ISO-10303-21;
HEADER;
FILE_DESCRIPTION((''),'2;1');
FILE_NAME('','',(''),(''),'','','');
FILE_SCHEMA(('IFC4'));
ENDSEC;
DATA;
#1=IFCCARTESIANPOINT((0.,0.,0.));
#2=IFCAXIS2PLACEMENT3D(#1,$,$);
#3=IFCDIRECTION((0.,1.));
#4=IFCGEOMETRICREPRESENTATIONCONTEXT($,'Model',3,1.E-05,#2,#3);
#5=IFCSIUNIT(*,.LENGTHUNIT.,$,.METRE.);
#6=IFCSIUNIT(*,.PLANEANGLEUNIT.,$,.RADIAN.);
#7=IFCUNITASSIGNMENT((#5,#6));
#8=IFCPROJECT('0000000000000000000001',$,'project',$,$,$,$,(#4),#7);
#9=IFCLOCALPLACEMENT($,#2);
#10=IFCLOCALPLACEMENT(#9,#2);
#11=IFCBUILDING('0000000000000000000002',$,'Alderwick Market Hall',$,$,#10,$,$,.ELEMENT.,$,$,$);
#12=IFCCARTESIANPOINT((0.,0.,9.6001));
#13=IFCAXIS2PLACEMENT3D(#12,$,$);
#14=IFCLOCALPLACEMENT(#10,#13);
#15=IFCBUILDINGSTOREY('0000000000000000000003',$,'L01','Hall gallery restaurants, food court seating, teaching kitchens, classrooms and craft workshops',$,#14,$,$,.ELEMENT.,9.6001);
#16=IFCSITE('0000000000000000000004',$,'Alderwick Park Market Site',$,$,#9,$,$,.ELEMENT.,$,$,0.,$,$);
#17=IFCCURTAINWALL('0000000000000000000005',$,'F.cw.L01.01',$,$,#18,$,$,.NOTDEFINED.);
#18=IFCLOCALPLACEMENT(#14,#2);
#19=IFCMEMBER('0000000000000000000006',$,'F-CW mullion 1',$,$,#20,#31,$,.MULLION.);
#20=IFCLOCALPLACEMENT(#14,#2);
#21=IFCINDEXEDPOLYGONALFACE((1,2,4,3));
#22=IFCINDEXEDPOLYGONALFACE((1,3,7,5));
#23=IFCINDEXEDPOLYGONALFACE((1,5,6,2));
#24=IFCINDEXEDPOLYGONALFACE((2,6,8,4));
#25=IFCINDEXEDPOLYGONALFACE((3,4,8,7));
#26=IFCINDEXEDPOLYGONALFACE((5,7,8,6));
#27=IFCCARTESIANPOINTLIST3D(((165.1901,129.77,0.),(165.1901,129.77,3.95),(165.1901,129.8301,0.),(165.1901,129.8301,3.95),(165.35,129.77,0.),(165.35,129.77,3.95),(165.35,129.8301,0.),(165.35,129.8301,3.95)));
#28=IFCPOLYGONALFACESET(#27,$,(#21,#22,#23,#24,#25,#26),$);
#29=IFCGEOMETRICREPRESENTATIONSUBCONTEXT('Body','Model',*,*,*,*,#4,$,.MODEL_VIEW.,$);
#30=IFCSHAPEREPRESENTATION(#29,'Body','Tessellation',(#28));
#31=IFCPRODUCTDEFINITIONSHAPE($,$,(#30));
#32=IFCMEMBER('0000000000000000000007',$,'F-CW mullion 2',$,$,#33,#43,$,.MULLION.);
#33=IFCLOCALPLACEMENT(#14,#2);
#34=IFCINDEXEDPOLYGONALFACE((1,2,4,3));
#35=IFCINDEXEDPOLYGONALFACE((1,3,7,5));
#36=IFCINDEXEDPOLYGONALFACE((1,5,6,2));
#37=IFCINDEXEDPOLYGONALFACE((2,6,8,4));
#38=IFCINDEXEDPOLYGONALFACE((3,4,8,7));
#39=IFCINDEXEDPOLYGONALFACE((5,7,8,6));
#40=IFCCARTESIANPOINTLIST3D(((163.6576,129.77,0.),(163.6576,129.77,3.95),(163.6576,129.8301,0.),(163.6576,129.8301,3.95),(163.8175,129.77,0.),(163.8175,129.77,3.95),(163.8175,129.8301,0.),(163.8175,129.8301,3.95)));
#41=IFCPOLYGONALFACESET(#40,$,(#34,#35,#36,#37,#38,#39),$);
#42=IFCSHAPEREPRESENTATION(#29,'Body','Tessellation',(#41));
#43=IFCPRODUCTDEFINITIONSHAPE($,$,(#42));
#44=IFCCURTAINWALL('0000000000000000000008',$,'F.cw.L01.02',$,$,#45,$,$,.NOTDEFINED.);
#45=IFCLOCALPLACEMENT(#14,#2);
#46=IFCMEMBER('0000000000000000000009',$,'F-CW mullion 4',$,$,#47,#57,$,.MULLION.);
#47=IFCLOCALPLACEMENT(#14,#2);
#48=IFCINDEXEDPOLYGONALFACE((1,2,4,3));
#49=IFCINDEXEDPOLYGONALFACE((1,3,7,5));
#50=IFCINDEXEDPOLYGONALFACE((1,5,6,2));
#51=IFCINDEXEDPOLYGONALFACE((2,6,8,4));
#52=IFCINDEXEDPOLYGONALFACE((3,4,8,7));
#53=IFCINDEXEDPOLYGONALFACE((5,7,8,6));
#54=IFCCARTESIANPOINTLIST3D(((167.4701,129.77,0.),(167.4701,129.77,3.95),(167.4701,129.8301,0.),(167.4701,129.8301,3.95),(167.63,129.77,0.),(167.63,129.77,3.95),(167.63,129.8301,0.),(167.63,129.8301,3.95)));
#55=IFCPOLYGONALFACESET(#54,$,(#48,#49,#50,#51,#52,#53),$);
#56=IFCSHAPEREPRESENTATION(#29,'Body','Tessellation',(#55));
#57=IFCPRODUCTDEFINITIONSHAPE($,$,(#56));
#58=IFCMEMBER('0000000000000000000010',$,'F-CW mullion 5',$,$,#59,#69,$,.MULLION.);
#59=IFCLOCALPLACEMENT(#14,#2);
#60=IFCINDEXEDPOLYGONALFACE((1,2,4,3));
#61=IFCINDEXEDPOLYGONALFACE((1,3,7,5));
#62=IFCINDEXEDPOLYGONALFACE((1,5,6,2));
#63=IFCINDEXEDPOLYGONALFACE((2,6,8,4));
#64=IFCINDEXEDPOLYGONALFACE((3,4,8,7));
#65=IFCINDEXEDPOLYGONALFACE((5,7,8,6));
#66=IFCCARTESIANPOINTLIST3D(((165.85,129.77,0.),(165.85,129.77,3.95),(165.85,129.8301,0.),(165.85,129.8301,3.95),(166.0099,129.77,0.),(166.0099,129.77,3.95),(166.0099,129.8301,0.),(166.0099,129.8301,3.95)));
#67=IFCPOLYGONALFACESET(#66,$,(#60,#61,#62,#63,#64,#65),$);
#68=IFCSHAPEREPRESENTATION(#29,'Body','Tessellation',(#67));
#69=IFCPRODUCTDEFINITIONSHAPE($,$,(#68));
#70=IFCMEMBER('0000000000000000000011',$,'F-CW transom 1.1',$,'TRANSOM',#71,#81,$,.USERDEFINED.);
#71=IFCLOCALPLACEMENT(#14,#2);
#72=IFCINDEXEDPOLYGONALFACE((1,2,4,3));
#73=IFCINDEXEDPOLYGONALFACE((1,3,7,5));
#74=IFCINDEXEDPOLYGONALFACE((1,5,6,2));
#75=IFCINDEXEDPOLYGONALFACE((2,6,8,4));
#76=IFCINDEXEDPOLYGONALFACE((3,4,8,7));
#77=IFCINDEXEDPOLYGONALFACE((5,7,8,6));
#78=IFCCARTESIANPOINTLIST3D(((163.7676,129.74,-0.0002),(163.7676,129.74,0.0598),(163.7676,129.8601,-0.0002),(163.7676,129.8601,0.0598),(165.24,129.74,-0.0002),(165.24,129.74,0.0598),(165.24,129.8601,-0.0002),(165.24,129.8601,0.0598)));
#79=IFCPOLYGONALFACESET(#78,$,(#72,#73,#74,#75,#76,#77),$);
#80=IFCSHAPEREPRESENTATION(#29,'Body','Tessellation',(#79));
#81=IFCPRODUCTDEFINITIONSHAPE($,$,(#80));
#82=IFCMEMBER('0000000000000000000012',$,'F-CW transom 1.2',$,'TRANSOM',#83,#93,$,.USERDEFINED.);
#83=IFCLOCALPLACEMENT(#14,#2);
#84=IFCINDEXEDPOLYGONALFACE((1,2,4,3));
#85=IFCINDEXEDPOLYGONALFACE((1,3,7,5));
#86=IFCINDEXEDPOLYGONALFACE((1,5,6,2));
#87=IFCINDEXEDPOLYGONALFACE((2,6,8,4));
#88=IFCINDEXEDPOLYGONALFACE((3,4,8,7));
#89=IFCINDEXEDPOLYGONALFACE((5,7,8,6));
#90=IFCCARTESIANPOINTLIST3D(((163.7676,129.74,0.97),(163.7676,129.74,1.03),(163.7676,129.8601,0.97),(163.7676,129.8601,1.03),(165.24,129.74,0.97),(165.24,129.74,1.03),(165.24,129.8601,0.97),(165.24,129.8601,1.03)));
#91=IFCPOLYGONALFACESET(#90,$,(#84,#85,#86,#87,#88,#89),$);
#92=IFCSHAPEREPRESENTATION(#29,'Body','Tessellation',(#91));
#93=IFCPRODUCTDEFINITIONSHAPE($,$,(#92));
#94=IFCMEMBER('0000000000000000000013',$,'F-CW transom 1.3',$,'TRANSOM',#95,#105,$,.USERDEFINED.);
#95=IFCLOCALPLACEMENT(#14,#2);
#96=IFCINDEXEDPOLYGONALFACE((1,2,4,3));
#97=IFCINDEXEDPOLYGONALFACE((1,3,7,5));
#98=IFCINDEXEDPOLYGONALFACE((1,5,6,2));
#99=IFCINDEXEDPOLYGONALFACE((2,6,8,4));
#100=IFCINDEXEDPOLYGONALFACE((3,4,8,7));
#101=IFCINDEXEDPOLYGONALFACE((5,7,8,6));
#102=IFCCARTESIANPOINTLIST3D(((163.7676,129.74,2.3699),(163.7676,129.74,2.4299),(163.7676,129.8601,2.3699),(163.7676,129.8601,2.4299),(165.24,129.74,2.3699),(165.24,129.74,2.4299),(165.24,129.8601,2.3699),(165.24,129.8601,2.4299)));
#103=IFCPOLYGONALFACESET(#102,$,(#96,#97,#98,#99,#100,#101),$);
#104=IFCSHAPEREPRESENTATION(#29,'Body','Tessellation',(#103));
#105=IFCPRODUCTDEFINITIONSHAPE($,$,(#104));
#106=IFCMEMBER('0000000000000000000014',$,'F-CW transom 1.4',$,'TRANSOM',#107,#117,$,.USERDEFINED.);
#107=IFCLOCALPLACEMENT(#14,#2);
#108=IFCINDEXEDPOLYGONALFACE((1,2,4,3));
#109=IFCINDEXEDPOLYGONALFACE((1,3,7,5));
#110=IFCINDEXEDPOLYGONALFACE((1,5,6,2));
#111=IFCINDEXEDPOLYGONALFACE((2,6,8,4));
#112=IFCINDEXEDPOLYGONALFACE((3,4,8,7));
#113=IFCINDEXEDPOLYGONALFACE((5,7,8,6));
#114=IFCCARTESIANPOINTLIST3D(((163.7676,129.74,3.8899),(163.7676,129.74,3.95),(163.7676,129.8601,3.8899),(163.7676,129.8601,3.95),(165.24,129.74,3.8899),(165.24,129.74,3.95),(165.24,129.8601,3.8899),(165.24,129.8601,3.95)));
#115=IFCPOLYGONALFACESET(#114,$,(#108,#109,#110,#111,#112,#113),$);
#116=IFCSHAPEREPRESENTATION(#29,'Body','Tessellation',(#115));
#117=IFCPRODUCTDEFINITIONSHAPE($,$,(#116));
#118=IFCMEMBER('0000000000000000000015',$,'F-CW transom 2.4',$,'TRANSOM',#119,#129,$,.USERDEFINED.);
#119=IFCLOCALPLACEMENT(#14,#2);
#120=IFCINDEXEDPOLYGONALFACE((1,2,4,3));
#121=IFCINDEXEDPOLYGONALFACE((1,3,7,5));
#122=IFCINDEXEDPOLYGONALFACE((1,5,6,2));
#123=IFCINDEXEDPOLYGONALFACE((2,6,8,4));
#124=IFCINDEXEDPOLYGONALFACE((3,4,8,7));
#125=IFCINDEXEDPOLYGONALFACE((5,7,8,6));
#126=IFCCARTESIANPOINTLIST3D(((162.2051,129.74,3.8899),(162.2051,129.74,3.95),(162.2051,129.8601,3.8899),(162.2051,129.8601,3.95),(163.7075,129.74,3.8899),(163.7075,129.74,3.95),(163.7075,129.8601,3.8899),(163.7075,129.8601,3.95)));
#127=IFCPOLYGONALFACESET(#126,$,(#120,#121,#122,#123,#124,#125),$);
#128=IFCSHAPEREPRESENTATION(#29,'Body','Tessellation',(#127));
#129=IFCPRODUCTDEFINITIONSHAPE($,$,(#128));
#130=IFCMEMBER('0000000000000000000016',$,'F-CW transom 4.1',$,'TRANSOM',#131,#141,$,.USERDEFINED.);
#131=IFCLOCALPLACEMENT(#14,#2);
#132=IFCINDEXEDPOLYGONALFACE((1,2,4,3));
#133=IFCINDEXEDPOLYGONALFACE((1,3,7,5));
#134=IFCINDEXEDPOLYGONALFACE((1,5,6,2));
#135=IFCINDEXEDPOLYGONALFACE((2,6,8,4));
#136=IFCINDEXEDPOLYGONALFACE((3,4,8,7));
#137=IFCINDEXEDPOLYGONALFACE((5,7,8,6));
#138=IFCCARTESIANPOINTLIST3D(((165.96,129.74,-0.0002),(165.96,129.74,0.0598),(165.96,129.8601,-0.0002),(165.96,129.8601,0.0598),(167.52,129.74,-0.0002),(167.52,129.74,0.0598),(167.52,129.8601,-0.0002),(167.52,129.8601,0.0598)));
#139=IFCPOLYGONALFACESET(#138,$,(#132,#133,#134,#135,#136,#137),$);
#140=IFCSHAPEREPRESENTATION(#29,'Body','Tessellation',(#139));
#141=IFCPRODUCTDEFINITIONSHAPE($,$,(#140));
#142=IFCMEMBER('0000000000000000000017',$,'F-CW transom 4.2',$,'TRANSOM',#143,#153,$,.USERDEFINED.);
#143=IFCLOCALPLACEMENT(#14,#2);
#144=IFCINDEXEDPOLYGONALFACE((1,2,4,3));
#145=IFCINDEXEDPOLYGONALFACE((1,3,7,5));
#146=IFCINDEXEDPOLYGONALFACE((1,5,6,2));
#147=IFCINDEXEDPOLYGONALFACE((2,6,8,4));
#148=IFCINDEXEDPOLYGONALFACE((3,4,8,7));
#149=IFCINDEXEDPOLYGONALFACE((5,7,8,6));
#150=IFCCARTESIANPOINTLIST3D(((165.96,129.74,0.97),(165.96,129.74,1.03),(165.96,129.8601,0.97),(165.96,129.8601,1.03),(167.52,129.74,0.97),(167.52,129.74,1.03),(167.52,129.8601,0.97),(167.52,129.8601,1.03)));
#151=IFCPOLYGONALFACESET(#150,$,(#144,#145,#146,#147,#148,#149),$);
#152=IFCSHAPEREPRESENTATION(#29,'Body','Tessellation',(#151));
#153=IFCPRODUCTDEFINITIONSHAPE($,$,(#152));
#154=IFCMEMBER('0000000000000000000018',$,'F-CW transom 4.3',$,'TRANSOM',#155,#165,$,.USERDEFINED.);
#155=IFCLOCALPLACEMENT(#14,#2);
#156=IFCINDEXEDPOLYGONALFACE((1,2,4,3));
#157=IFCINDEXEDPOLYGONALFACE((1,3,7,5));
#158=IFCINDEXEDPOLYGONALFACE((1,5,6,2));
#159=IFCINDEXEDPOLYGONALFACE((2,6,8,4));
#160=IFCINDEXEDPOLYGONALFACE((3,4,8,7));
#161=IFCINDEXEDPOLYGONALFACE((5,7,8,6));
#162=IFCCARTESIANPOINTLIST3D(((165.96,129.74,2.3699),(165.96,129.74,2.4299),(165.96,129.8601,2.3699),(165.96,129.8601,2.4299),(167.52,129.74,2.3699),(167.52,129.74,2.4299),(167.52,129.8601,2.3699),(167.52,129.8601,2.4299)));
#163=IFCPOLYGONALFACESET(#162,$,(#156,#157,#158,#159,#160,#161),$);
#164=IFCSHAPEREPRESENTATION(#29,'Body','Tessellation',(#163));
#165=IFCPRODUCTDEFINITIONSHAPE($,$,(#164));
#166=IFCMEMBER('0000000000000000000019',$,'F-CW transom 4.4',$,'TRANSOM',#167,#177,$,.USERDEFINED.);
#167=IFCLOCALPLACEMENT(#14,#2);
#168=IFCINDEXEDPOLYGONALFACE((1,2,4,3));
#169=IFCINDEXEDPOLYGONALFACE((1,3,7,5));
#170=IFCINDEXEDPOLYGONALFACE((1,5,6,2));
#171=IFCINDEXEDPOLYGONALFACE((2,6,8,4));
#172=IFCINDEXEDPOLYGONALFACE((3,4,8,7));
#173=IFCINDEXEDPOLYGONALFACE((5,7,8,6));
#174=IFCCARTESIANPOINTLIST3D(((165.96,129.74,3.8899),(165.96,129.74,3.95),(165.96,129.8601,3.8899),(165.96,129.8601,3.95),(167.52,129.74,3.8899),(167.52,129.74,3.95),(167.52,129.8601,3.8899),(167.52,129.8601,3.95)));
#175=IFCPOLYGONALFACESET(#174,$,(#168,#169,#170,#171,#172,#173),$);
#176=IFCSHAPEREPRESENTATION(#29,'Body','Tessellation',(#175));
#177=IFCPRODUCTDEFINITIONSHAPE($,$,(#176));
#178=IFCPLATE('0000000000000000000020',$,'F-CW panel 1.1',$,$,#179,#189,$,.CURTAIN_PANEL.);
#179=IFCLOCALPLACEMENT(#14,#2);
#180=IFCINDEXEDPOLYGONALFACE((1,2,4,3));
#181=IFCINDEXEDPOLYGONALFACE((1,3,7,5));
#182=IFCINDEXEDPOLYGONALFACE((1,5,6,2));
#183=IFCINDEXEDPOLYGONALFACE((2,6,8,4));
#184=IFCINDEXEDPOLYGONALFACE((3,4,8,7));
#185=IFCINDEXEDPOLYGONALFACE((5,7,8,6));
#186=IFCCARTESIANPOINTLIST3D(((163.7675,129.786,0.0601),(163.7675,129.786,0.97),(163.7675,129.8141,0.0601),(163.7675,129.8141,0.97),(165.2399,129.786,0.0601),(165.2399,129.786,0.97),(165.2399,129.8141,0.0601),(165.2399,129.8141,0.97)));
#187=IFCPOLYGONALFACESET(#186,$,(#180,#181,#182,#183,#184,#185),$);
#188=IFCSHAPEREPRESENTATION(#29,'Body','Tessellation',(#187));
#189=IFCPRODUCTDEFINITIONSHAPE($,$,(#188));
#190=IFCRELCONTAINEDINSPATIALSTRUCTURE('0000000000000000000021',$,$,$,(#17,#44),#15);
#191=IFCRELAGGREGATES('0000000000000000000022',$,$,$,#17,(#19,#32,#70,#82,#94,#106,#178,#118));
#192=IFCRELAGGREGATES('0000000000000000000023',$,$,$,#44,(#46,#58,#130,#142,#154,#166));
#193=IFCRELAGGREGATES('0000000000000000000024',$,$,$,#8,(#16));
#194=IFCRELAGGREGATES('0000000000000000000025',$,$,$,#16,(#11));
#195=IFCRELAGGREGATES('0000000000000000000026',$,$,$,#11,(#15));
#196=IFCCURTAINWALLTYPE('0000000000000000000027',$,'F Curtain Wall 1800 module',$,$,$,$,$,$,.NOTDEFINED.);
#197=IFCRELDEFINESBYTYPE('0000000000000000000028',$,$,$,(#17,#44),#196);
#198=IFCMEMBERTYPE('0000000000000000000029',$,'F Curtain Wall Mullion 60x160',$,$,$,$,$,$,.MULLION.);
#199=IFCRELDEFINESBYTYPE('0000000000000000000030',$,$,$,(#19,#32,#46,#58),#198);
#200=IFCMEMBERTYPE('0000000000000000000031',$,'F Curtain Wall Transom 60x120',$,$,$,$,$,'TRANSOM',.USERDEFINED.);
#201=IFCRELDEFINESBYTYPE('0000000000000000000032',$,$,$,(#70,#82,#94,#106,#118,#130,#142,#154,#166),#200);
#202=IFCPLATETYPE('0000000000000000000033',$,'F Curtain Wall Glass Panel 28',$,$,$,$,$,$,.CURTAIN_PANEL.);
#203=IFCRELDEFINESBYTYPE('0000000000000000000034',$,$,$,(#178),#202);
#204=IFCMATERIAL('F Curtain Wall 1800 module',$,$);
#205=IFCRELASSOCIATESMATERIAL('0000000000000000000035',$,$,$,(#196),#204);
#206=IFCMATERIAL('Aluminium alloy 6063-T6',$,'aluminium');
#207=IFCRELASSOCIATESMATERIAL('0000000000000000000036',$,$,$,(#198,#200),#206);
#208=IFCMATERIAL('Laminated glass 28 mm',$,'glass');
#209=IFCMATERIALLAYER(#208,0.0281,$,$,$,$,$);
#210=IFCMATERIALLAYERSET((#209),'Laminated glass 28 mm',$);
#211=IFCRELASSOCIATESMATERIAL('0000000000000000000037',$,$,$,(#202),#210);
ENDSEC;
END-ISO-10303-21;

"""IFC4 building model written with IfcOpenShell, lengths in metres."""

from ifc_helpers import new_model, si_unit, direction, frame, origin, origin_2d, place, context, subcontext, project, spatial, rectangle, extrude, material, layer, layer_set, material_profile, profile_set, type_object, element, aggregate, save


model = new_model("IFC4")

# Units and contexts
model_context = context("Model", 3, precision=1e-05, world=origin(), true_north=direction((0.0, 1.0)))
body_context = subcontext(model_context, "Body", "Model", "MODEL_VIEW")
ifc_project = project(units=[si_unit("LENGTHUNIT", "METRE"), si_unit("PLANEANGLEUNIT", "RADIAN")], contexts=[model_context])

# Site, building, storey
site_placement = place(None, origin())
site = spatial("IfcSite", under=ifc_project, at=site_placement, Name="Alderwick Park Market Site", CompositionType="ELEMENT", RefElevation=0.0)
building_placement = place(site_placement, origin())
building = spatial("IfcBuilding", under=site, at=building_placement, Name="Alderwick Market Hall", CompositionType="ELEMENT")
storey_placement = place(building_placement, frame((0.0, 0.0, 9.6001)))
storey = spatial("IfcBuildingStorey", under=building, at=storey_placement, Name="L01", Description="Hall gallery restaurants, food court seating, teaching kitchens, classrooms and craft workshops", CompositionType="ELEMENT", Elevation=9.6001)

# Curtain walls, members
ifc_material_1 = material(Name="F Curtain Wall 1800 module")
curtain_wall_type = type_object("IfcCurtainWallType", Name="F Curtain Wall 1800 module", PredefinedType="NOTDEFINED", material=ifc_material_1)
curtain_wall_1_placement = place(storey_placement, origin())
curtain_wall_1 = element("IfcCurtainWall", 1, at=curtain_wall_1_placement, inside=storey, type_object=curtain_wall_type, Name="F.cw.L01.01", PredefinedType="NOTDEFINED")
ifc_material_2 = material(Name="Aluminium alloy 6063-T6", Category="aluminium")
ifc_material_profile_1 = material_profile(ifc_material_2, rectangle(XDim=0.0601, YDim=0.1599, at=origin_2d()), Name="AL 60x160")
ifc_profile_set_1 = profile_set([ifc_material_profile_1], Name="Aluminium alloy 6063-T6")
member_type_1 = type_object("IfcMemberType", Name="F Curtain Wall Mullion 60x160", PredefinedType="MULLION", material=ifc_profile_set_1)
member_1_placement = place(storey_placement, frame((165.27, 129.8, 0.0), z_axis=(0.0, 0.0, 1.0), x_axis=(0.0, -1.0, 0.0)))
member_1 = element("IfcMember", 2, at=member_1_placement, type_object=member_type_1, Name="F-CW mullion 1", PredefinedType="MULLION", context=body_context, shape_type="SweptSolid", body=[
    extrude(rectangle(XDim=0.0601, YDim=0.1599, at=origin_2d()), origin(), (0.0, 0.0, 1.0), 3.95),
])
member_2_placement = place(storey_placement, frame((163.7375, 129.8, 0.0), z_axis=(0.0, 0.0, 1.0), x_axis=(0.0, -1.0, 0.0)))
member_2 = element("IfcMember", 3, at=member_2_placement, type_object=member_type_1, Name="F-CW mullion 2", PredefinedType="MULLION", context=body_context, shape_type="SweptSolid", body=[
    extrude(rectangle(XDim=0.0601, YDim=0.1599, at=origin_2d()), origin(), (0.0, 0.0, 1.0), 3.95),
])
curtain_wall_2_placement = place(storey_placement, origin())
curtain_wall_2 = element("IfcCurtainWall", 4, at=curtain_wall_2_placement, inside=storey, type_object=curtain_wall_type, Name="F.cw.L01.02", PredefinedType="NOTDEFINED")
member_3_placement = place(storey_placement, frame((167.55, 129.8, 0.0), z_axis=(0.0, 0.0, 1.0), x_axis=(0.0, -1.0, 0.0)))
member_3 = element("IfcMember", 5, at=member_3_placement, type_object=member_type_1, Name="F-CW mullion 4", PredefinedType="MULLION", context=body_context, shape_type="SweptSolid", body=[
    extrude(rectangle(XDim=0.0601, YDim=0.1599, at=origin_2d()), origin(), (0.0, 0.0, 1.0), 3.95),
])
member_4_placement = place(storey_placement, frame((165.9299, 129.8, 0.0), z_axis=(0.0, 0.0, 1.0), x_axis=(0.0, -1.0, 0.0)))
member_4 = element("IfcMember", 6, at=member_4_placement, type_object=member_type_1, Name="F-CW mullion 5", PredefinedType="MULLION", context=body_context, shape_type="SweptSolid", body=[
    extrude(rectangle(XDim=0.0601, YDim=0.1599, at=origin_2d()), origin(), (0.0, 0.0, 1.0), 3.95),
])

# Members
ifc_material_profile_2 = material_profile(ifc_material_2, rectangle(XDim=0.1201, YDim=0.0601, at=origin_2d()), Name="AL 60x120")
ifc_profile_set_2 = profile_set([ifc_material_profile_2], Name="Aluminium alloy 6063-T6")
member_type_2 = type_object("IfcMemberType", Name="F Curtain Wall Transom 60x120", ElementType="TRANSOM", PredefinedType="USERDEFINED", material=ifc_profile_set_2)
member_5_placement = place(storey_placement, frame((165.24, 129.8, 0.0298), z_axis=(-1.0, 0.0, 0.0), x_axis=(0.0, -1.0, 0.0)))
member_5 = element("IfcMember", 7, at=member_5_placement, type_object=member_type_2, Name="F-CW transom 1.1", ObjectType="TRANSOM", PredefinedType="USERDEFINED", context=body_context, shape_type="SweptSolid", body=[
    extrude(rectangle(XDim=0.1201, YDim=0.0601, at=origin_2d()), origin(), (0.0, 0.0, 1.0), 1.4724),
])
member_6_placement = place(storey_placement, frame((165.24, 129.8, 1.0), z_axis=(-1.0, 0.0, 0.0), x_axis=(0.0, -1.0, 0.0)))
member_6 = element("IfcMember", 8, at=member_6_placement, type_object=member_type_2, Name="F-CW transom 1.2", ObjectType="TRANSOM", PredefinedType="USERDEFINED", context=body_context, shape_type="SweptSolid", body=[
    extrude(rectangle(XDim=0.1201, YDim=0.0601, at=origin_2d()), origin(), (0.0, 0.0, 1.0), 1.4724),
])
member_7_placement = place(storey_placement, frame((165.24, 129.8, 2.3999), z_axis=(-1.0, 0.0, 0.0), x_axis=(0.0, -1.0, 0.0)))
member_7 = element("IfcMember", 9, at=member_7_placement, type_object=member_type_2, Name="F-CW transom 1.3", ObjectType="TRANSOM", PredefinedType="USERDEFINED", context=body_context, shape_type="SweptSolid", body=[
    extrude(rectangle(XDim=0.1201, YDim=0.0601, at=origin_2d()), origin(), (0.0, 0.0, 1.0), 1.4724),
])
member_8_placement = place(storey_placement, frame((165.24, 129.8, 3.9199), z_axis=(-1.0, 0.0, 0.0), x_axis=(0.0, -1.0, 0.0)))
member_8 = element("IfcMember", 10, at=member_8_placement, type_object=member_type_2, Name="F-CW transom 1.4", ObjectType="TRANSOM", PredefinedType="USERDEFINED", context=body_context, shape_type="SweptSolid", body=[
    extrude(rectangle(XDim=0.1201, YDim=0.0601, at=origin_2d()), origin(), (0.0, 0.0, 1.0), 1.4724),
])
member_9_placement = place(storey_placement, frame((163.7075, 129.8, 3.9199), z_axis=(-1.0, 0.0, 0.0), x_axis=(0.0, -1.0, 0.0)))
member_9 = element("IfcMember", 11, at=member_9_placement, type_object=member_type_2, Name="F-CW transom 2.4", ObjectType="TRANSOM", PredefinedType="USERDEFINED", context=body_context, shape_type="SweptSolid", body=[
    extrude(rectangle(XDim=0.1201, YDim=0.0601, at=origin_2d()), origin(), (0.0, 0.0, 1.0), 1.5024),
])
member_10_placement = place(storey_placement, frame((167.52, 129.8, 0.0298), z_axis=(-1.0, 0.0, 0.0), x_axis=(0.0, -1.0, 0.0)))
member_10 = element("IfcMember", 12, at=member_10_placement, type_object=member_type_2, Name="F-CW transom 4.1", ObjectType="TRANSOM", PredefinedType="USERDEFINED", context=body_context, shape_type="SweptSolid", body=[
    extrude(rectangle(XDim=0.1201, YDim=0.0601, at=origin_2d()), origin(), (0.0, 0.0, 1.0), 1.5601),
])
member_11_placement = place(storey_placement, frame((167.52, 129.8, 1.0), z_axis=(-1.0, 0.0, 0.0), x_axis=(0.0, -1.0, 0.0)))
member_11 = element("IfcMember", 13, at=member_11_placement, type_object=member_type_2, Name="F-CW transom 4.2", ObjectType="TRANSOM", PredefinedType="USERDEFINED", context=body_context, shape_type="SweptSolid", body=[
    extrude(rectangle(XDim=0.1201, YDim=0.0601, at=origin_2d()), origin(), (0.0, 0.0, 1.0), 1.5601),
])
member_12_placement = place(storey_placement, frame((167.52, 129.8, 2.3999), z_axis=(-1.0, 0.0, 0.0), x_axis=(0.0, -1.0, 0.0)))
member_12 = element("IfcMember", 14, at=member_12_placement, type_object=member_type_2, Name="F-CW transom 4.3", ObjectType="TRANSOM", PredefinedType="USERDEFINED", context=body_context, shape_type="SweptSolid", body=[
    extrude(rectangle(XDim=0.1201, YDim=0.0601, at=origin_2d()), origin(), (0.0, 0.0, 1.0), 1.5601),
])
member_13_placement = place(storey_placement, frame((167.52, 129.8, 3.9199), z_axis=(-1.0, 0.0, 0.0), x_axis=(0.0, -1.0, 0.0)))
member_13 = element("IfcMember", 15, at=member_13_placement, type_object=member_type_2, Name="F-CW transom 4.4", ObjectType="TRANSOM", PredefinedType="USERDEFINED", context=body_context, shape_type="SweptSolid", body=[
    extrude(rectangle(XDim=0.1201, YDim=0.0601, at=origin_2d()), origin(), (0.0, 0.0, 1.0), 1.5601),
])

# Plate
ifc_material_3 = material(Name="Laminated glass 28 mm", Category="glass")
ifc_layer = layer(ifc_material_3, 0.0281)
ifc_layer_set = layer_set([ifc_layer], Name="Laminated glass 28 mm")
plate_type = type_object("IfcPlateType", Name="F Curtain Wall Glass Panel 28", PredefinedType="CURTAIN_PANEL", material=ifc_layer_set)
plate_1_placement = place(storey_placement, frame((164.5037, 129.8, 0.0601), z_axis=(0.0, 0.0, 1.0), x_axis=(-1.0, 0.0, 0.0)))
plate_1 = element("IfcPlate", 16, at=plate_1_placement, type_object=plate_type, Name="F-CW panel 1.1", PredefinedType="CURTAIN_PANEL", context=body_context, shape_type="SweptSolid", body=[
    extrude(rectangle(XDim=1.4724, YDim=0.0281, at=origin_2d()), origin(), (0.0, 0.0, 1.0), 0.9099),
])
aggregate(curtain_wall_1, [member_1, member_2, member_5, member_6, member_7, member_8, plate_1, member_9])
aggregate(curtain_wall_2, [member_3, member_4, member_10, member_11, member_12, member_13])

save(model, "model.ifc")
